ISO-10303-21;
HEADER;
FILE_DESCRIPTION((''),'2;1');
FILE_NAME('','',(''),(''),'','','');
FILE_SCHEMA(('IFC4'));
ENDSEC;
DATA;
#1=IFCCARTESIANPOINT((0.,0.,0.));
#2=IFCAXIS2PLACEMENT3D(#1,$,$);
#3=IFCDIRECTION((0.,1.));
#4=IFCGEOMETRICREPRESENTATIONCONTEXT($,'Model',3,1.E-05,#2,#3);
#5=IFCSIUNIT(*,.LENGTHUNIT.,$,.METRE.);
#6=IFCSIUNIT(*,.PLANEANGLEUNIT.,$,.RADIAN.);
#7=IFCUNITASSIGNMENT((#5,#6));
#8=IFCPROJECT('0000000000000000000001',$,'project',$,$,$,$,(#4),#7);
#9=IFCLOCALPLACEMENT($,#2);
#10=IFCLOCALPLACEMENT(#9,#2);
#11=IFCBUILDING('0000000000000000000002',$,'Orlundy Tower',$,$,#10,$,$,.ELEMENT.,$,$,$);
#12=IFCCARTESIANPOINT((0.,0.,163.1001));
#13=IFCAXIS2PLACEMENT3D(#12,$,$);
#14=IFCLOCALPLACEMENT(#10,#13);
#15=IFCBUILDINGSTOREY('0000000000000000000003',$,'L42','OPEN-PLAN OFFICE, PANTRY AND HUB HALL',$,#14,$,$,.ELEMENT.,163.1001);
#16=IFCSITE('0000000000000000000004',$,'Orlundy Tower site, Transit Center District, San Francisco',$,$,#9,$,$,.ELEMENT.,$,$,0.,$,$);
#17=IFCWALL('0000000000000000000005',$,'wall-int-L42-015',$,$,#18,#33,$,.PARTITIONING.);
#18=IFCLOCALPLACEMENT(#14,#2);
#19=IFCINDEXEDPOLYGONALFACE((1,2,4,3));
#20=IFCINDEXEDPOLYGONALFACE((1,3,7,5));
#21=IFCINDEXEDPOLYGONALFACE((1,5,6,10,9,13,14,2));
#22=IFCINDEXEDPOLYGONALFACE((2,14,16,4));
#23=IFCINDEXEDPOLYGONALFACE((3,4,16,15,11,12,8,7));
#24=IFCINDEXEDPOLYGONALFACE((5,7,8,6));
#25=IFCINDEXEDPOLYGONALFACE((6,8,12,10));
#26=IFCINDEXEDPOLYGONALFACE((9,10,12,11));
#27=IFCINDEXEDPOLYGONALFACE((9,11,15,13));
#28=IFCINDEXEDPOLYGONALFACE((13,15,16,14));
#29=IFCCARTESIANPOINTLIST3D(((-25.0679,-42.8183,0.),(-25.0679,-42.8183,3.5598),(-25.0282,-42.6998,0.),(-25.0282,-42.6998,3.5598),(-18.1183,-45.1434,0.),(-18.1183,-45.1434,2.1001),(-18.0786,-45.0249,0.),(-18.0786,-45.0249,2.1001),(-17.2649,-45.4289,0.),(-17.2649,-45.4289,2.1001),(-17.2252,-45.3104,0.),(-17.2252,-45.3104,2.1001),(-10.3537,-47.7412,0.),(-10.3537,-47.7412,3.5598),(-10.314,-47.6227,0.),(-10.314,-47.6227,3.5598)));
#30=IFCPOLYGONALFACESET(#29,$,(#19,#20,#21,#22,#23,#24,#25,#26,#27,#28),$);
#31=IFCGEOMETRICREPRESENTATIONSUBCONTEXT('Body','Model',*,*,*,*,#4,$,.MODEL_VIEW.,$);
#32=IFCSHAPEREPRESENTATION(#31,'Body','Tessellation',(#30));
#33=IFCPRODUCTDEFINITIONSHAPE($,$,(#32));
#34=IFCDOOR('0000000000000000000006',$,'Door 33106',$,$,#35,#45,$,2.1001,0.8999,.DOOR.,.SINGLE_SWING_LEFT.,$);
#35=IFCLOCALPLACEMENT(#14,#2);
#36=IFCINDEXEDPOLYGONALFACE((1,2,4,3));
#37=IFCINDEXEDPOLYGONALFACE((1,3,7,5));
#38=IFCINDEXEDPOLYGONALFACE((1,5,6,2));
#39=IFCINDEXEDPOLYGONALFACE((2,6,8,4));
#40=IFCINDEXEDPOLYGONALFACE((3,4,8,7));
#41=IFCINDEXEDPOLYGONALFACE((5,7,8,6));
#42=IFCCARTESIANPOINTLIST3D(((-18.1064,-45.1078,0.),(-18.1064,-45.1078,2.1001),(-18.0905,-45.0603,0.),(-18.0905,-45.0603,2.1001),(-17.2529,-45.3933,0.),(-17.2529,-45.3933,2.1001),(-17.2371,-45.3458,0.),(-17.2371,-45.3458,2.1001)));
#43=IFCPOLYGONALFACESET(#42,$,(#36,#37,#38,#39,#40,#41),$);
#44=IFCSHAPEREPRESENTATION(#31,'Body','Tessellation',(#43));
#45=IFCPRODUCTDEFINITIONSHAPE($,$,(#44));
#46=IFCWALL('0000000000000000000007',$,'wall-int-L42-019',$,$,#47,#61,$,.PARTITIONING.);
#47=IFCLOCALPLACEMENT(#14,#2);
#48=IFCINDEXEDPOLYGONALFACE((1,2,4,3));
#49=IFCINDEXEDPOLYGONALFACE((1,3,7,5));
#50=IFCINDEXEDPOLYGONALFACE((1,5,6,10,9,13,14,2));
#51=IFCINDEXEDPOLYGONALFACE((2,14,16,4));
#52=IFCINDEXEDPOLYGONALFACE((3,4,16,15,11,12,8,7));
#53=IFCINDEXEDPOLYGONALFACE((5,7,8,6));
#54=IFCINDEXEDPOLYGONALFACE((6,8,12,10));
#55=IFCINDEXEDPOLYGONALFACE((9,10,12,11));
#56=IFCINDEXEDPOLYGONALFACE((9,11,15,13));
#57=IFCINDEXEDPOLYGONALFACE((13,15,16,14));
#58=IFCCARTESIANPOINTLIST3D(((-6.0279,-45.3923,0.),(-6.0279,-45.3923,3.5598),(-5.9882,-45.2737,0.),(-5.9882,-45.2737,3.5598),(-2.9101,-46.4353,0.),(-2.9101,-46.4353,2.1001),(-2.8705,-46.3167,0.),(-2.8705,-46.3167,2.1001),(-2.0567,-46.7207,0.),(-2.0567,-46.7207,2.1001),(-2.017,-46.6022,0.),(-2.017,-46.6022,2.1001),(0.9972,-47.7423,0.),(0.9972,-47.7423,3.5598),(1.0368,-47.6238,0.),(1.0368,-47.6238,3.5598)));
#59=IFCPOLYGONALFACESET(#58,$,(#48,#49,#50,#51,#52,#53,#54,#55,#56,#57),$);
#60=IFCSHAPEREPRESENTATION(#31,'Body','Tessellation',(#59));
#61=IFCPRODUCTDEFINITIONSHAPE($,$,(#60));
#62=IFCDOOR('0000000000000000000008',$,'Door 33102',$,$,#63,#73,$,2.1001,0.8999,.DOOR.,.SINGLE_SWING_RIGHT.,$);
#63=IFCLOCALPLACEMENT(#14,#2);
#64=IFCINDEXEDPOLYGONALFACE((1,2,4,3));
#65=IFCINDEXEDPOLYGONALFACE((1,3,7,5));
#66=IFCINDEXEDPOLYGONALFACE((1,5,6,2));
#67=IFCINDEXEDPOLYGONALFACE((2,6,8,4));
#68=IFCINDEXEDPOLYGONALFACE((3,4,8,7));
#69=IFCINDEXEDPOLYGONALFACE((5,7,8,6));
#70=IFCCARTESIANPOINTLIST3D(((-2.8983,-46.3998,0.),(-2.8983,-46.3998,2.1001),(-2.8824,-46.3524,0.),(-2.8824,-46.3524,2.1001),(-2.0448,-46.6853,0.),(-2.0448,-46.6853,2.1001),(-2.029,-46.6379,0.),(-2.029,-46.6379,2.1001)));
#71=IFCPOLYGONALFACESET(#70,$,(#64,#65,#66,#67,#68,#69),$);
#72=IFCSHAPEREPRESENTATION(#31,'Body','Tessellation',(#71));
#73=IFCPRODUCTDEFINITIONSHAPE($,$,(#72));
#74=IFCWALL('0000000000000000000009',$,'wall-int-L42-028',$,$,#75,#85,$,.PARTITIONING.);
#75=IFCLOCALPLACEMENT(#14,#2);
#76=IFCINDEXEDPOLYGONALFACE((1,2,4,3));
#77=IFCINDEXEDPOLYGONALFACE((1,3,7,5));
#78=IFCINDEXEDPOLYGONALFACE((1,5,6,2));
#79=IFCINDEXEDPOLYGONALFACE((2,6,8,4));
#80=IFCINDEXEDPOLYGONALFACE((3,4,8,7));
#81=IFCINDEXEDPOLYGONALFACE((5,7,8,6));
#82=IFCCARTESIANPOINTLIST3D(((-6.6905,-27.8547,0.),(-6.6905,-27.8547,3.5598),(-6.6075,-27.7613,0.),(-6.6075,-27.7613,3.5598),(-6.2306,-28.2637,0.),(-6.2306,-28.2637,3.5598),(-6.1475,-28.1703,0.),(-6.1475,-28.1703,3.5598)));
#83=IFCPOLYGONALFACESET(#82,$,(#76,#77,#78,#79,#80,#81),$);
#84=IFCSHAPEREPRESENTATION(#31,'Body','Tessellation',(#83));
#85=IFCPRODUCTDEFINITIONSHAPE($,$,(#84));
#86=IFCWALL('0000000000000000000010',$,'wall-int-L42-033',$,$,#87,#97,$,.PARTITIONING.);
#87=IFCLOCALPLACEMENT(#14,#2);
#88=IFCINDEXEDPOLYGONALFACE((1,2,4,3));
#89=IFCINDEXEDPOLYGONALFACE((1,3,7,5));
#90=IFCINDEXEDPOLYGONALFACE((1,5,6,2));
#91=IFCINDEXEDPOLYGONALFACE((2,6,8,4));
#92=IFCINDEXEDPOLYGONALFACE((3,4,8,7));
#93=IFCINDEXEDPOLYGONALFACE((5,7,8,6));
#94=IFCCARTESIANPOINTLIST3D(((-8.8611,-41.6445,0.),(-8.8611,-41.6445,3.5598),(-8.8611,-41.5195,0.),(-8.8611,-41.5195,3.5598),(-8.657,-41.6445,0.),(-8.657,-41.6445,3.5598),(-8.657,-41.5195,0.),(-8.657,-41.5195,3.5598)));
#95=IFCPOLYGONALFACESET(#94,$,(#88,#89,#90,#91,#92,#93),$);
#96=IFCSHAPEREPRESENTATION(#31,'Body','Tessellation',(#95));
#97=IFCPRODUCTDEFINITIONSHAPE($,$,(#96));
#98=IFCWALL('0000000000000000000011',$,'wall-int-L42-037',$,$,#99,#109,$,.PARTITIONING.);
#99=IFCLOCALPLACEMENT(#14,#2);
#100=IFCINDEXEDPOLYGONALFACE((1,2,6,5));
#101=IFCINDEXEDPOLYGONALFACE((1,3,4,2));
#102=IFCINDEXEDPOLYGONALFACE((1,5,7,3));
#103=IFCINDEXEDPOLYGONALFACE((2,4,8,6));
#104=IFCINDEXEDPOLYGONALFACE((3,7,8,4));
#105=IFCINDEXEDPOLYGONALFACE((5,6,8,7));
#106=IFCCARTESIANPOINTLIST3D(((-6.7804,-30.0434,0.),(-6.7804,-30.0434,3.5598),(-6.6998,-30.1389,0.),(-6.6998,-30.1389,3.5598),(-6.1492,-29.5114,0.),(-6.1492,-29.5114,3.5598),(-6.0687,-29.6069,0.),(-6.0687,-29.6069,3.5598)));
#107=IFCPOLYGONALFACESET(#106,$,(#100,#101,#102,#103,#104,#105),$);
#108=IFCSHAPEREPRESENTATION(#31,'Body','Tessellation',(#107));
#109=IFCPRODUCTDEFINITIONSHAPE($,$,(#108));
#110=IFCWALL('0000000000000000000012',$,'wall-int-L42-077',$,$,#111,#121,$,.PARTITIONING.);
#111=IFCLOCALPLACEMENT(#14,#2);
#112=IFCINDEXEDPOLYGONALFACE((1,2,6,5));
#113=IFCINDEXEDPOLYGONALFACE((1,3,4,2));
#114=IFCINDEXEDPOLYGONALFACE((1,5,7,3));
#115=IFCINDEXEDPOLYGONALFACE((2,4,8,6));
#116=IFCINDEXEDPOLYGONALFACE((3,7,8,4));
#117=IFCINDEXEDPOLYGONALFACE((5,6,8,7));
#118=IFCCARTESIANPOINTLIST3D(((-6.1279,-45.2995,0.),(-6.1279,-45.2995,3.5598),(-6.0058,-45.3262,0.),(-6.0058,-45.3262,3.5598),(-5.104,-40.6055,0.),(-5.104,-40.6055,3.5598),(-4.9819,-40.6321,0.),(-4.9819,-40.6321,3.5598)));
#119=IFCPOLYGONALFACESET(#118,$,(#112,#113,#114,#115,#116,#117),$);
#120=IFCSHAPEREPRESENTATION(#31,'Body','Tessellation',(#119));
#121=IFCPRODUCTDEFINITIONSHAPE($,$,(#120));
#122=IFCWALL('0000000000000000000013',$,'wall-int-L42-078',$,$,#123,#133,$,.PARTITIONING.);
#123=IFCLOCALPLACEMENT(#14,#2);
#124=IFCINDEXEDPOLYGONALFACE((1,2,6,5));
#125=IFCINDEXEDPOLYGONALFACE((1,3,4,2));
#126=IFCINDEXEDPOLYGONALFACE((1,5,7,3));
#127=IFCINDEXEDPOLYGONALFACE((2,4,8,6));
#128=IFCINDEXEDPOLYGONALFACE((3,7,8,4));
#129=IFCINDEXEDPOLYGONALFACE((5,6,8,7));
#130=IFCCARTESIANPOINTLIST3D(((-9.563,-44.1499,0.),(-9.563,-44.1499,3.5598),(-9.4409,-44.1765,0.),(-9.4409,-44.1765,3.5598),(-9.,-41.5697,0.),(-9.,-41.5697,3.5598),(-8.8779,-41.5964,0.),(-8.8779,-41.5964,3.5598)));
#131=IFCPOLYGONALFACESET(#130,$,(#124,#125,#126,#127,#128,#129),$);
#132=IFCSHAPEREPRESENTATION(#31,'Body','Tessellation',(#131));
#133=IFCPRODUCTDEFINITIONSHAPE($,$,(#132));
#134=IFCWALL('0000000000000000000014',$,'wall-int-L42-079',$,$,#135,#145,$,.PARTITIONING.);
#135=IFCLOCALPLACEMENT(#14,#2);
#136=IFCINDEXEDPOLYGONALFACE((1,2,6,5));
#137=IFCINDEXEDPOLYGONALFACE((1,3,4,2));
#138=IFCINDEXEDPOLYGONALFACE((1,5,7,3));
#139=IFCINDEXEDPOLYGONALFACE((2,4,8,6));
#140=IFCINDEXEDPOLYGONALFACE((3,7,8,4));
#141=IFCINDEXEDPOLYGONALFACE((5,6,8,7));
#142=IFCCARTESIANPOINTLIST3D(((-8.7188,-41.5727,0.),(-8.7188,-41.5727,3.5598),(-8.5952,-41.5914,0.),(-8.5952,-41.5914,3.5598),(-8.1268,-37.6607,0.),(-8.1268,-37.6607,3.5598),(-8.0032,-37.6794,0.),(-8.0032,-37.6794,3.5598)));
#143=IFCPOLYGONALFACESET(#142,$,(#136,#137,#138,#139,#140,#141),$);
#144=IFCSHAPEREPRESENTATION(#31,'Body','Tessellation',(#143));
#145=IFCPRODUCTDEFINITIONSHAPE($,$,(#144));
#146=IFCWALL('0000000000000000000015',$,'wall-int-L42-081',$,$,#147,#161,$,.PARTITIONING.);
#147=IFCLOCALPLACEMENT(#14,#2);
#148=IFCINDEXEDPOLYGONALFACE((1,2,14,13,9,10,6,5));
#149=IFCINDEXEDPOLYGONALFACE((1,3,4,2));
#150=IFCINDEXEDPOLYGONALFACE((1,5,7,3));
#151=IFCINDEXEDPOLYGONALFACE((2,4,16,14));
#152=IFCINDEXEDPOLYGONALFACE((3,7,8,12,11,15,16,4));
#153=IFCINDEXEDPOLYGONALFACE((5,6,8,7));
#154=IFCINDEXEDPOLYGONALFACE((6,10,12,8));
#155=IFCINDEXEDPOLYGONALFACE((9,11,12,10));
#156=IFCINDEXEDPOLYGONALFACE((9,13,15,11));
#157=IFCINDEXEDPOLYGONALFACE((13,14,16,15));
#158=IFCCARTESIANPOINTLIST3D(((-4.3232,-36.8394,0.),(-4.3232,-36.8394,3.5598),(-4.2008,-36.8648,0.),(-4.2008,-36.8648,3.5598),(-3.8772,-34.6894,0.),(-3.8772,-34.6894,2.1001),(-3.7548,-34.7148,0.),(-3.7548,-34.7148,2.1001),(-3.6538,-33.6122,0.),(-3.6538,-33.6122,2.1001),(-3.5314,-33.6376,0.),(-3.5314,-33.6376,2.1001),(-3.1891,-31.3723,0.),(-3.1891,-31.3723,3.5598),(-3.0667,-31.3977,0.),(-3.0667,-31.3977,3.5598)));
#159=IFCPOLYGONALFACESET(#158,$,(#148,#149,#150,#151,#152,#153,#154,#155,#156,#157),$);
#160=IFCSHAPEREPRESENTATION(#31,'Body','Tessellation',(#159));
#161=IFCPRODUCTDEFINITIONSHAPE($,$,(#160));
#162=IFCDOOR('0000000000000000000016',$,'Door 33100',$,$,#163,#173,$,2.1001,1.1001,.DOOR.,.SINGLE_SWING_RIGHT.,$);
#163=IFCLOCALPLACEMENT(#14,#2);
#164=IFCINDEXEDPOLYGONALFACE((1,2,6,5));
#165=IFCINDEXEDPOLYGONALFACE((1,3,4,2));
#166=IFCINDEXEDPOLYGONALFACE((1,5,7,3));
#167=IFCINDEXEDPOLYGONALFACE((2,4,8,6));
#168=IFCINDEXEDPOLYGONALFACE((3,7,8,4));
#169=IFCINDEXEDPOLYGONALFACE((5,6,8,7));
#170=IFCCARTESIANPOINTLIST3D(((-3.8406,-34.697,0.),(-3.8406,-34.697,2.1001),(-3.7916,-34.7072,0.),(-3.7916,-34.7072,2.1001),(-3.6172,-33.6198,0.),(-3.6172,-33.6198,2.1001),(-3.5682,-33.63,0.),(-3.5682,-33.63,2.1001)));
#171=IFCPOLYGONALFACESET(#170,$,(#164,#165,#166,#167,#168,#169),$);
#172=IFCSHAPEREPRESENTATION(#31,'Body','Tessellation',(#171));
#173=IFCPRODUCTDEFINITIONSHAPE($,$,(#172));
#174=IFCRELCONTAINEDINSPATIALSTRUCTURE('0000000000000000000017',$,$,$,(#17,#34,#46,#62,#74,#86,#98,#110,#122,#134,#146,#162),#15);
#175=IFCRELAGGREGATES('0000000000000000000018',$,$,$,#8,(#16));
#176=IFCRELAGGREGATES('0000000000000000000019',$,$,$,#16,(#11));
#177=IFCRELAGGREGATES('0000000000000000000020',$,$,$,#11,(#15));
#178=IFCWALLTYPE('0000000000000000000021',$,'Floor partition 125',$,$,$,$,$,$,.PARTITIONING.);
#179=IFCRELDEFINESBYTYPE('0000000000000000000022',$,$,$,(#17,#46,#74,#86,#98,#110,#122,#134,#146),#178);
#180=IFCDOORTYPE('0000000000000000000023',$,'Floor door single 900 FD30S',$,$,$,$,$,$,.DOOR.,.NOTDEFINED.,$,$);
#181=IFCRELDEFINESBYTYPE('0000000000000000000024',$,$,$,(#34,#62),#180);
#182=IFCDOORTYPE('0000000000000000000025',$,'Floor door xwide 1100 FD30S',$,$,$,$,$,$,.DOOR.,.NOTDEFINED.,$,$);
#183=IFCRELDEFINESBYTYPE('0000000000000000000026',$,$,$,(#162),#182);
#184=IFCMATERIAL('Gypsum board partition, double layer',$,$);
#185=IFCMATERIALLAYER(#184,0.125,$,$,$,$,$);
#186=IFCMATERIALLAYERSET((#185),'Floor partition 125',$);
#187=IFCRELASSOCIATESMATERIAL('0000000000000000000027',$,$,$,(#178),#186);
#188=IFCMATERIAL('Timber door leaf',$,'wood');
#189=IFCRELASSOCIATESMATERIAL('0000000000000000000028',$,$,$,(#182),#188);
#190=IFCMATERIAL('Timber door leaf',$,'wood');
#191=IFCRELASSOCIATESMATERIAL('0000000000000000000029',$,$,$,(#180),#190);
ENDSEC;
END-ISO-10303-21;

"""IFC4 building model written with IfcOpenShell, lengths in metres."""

from ifc_helpers import new_model, si_unit, direction, frame, frame_2d, origin, place, context, subcontext, project, spatial, rectangle, extrude, material, layer, layer_set, type_object, element, fill, save


model = new_model("IFC4")

# Units and contexts
model_context = context("Model", 3, precision=1e-05, world=origin(), true_north=direction((0.0, 1.0)))
body_context = subcontext(model_context, "Body", "Model", "MODEL_VIEW")
ifc_project = project(units=[si_unit("LENGTHUNIT", "METRE"), si_unit("PLANEANGLEUNIT", "RADIAN")], contexts=[model_context])

# Site, building, storey
site_placement = place(None, origin())
site = spatial("IfcSite", under=ifc_project, at=site_placement, Name="Orlundy Tower site, Transit Center District, San Francisco", CompositionType="ELEMENT", RefElevation=0.0)
building_placement = place(site_placement, origin())
building = spatial("IfcBuilding", under=site, at=building_placement, Name="Orlundy Tower", CompositionType="ELEMENT")
storey_placement = place(building_placement, frame((0.0, 0.0, 163.1001)))
storey = spatial("IfcBuildingStorey", under=building, at=storey_placement, Name="L42", Description="OPEN-PLAN OFFICE, PANTRY AND HUB HALL", CompositionType="ELEMENT", Elevation=163.1001)

# Walls, openings, doors
ifc_material_1 = material(Name="Gypsum board partition, double layer")
ifc_layer_1 = layer(ifc_material_1, 0.125)
ifc_layer_set_1 = layer_set([ifc_layer_1], Name="Floor partition 125")
wall_type_1 = type_object("IfcWallType", Name="Floor partition 125", PredefinedType="PARTITIONING", material=ifc_layer_set_1)
ifc_material_2 = material(Name="Timber door leaf", Category="wood")
door_type_1 = type_object("IfcDoorType", Name="Floor door xwide 1100 FD30S", OperationType="NOTDEFINED", PredefinedType="DOOR", material=ifc_material_2)
wall_1_placement = place(storey_placement, frame((-10.334, -47.6819, 0.0), z_axis=(0.0, 0.0, 1.0), x_axis=(-0.948332, 0.31728, 0.0)))
wall_1 = element("IfcWall", 1, at=wall_1_placement, inside=storey, type_object=wall_type_1, Name="wall-int-L42-015", PredefinedType="PARTITIONING", context=body_context, shape_type="SweptSolid", body=[
    extrude(rectangle(XDim=15.5159, YDim=0.125, at=frame_2d((7.7578, 0.0))), origin(), (0.0, 0.0, 1.0), 3.5598),
])
opening_1_placement = place(wall_1_placement, frame((7.2876, 0.0, 0.0)))
opening_1 = element("IfcOpeningElement", 2, at=opening_1_placement, cuts=wall_1, PredefinedType="OPENING", context=body_context, shape_type="SweptSolid", body=[
    extrude(rectangle(XDim=0.8999, YDim=2.1001, at=frame_2d((0.45, 1.05))), frame((0.0, 0.0725, 0.0), z_axis=(0.0, -1.0, 0.0), x_axis=(1.0, 0.0, 0.0)), (0.0, 0.0, 1.0), 0.145),
])
ifc_material_3 = material(Name="Timber door leaf", Category="wood")
door_type_2 = type_object("IfcDoorType", Name="Floor door single 900 FD30S", OperationType="NOTDEFINED", PredefinedType="DOOR", material=ifc_material_3)
door_1_placement = place(opening_1_placement, origin())
door_1 = element("IfcDoor", 3, at=door_1_placement, inside=storey, type_object=door_type_2, Name="Door 33106", OperationType="SINGLE_SWING_LEFT", OverallHeight=2.1001, OverallWidth=0.8999, PredefinedType="DOOR", context=body_context, shape_type="SweptSolid", body=[
    extrude(rectangle(XDim=0.8999, YDim=2.1001, at=frame_2d((0.45, 1.05))), frame((0.0, 0.0249, 0.0), z_axis=(0.0, -1.0, 0.0), x_axis=(1.0, 0.0, 0.0)), (0.0, 0.0, 1.0), 0.05),
])
fill(opening_1, door_1)
wall_2_placement = place(storey_placement, frame((-6.0081, -45.333, 0.0), z_axis=(0.0, 0.0, 1.0), x_axis=(0.948343, -0.317246, 0.0)))
wall_2 = element("IfcWall", 4, at=wall_2_placement, inside=storey, type_object=wall_type_1, Name="wall-int-L42-019", PredefinedType="PARTITIONING", context=body_context, shape_type="SweptSolid", body=[
    extrude(rectangle(XDim=7.4077, YDim=0.125, at=frame_2d((3.7039, 0.0))), origin(), (0.0, 0.0, 1.0), 3.5598),
])
opening_2_placement = place(wall_2_placement, frame((3.2876, 0.0, 0.0)))
opening_2 = element("IfcOpeningElement", 5, at=opening_2_placement, cuts=wall_2, PredefinedType="OPENING", context=body_context, shape_type="SweptSolid", body=[
    extrude(rectangle(XDim=0.8999, YDim=2.1001, at=frame_2d((0.45, 1.05))), frame((0.0, 0.0725, 0.0), z_axis=(0.0, -1.0, 0.0), x_axis=(1.0, 0.0, 0.0)), (0.0, 0.0, 1.0), 0.145),
])
door_2_placement = place(opening_2_placement, origin())
door_2 = element("IfcDoor", 6, at=door_2_placement, inside=storey, type_object=door_type_2, Name="Door 33102", OperationType="SINGLE_SWING_RIGHT", OverallHeight=2.1001, OverallWidth=0.8999, PredefinedType="DOOR", context=body_context, shape_type="SweptSolid", body=[
    extrude(rectangle(XDim=0.8999, YDim=2.1001, at=frame_2d((0.45, 1.05))), frame((0.0, 0.0249, 0.0), z_axis=(0.0, -1.0, 0.0), x_axis=(1.0, 0.0, 0.0)), (0.0, 0.0, 1.0), 0.05),
])
fill(opening_2, door_2)

# Walls
wall_3_placement = place(storey_placement, frame((-6.6489, -27.8081, 0.0), z_axis=(0.0, 0.0, 1.0), x_axis=(0.747344, -0.664438, 0.0)))
element("IfcWall", 7, at=wall_3_placement, inside=storey, type_object=wall_type_1, Name="wall-int-L42-028", PredefinedType="PARTITIONING", context=body_context, shape_type="SweptSolid", body=[
    extrude(rectangle(XDim=0.6155, YDim=0.125, at=frame_2d((0.3076, 0.0))), origin(), (0.0, 0.0, 1.0), 3.5598),
])
wall_4_placement = place(storey_placement, frame((-8.8611, -41.582, 0.0), z_axis=(0.0, 0.0, 1.0), x_axis=(1.0, 0.0, 0.0)))
element("IfcWall", 8, at=wall_4_placement, inside=storey, type_object=wall_type_1, Name="wall-int-L42-033", PredefinedType="PARTITIONING", context=body_context, shape_type="SweptSolid", body=[
    extrude(rectangle(XDim=0.2041, YDim=0.125, at=frame_2d((0.1021, 0.0))), origin(), (0.0, 0.0, 1.0), 3.5598),
])
wall_5_placement = place(storey_placement, frame((-6.74, -30.0911, 0.0), z_axis=(0.0, 0.0, 1.0), x_axis=(0.764597, 0.644509, 0.0)))
element("IfcWall", 9, at=wall_5_placement, inside=storey, type_object=wall_type_1, Name="wall-int-L42-037", PredefinedType="PARTITIONING", context=body_context, shape_type="SweptSolid", body=[
    extrude(rectangle(XDim=0.8254, YDim=0.125, at=frame_2d((0.4126, 0.0))), origin(), (0.0, 0.0, 1.0), 3.5598),
])
wall_6_placement = place(storey_placement, frame((-6.0669, -45.313, 0.0), z_axis=(0.0, 0.0, 1.0), x_axis=(0.213119, 0.977026, 0.0)))
element("IfcWall", 10, at=wall_6_placement, inside=storey, type_object=wall_type_1, Name="wall-int-L42-077", PredefinedType="PARTITIONING", context=body_context, shape_type="SweptSolid", body=[
    extrude(rectangle(XDim=4.8044, YDim=0.125, at=frame_2d((2.4023, 0.0))), origin(), (0.0, 0.0, 1.0), 3.5598),
])
wall_7_placement = place(storey_placement, frame((-9.502, -44.1631, 0.0), z_axis=(0.0, 0.0, 1.0), x_axis=(0.21319, 0.977011, 0.0)))
element("IfcWall", 11, at=wall_7_placement, inside=storey, type_object=wall_type_1, Name="wall-int-L42-078", PredefinedType="PARTITIONING", context=body_context, shape_type="SweptSolid", body=[
    extrude(rectangle(XDim=2.6409, YDim=0.125, at=frame_2d((1.3203, 0.0))), origin(), (0.0, 0.0, 1.0), 3.5598),
])
wall_8_placement = place(storey_placement, frame((-8.657, -41.582, 0.0), z_axis=(0.0, 0.0, 1.0), x_axis=(0.149632, 0.988742, 0.0)))
element("IfcWall", 12, at=wall_8_placement, inside=storey, type_object=wall_type_1, Name="wall-int-L42-079", PredefinedType="PARTITIONING", context=body_context, shape_type="SweptSolid", body=[
    extrude(rectangle(XDim=3.9565, YDim=0.125, at=frame_2d((1.9783, 0.0))), origin(), (0.0, 0.0, 1.0), 3.5598),
])

# Wall, opening, door
wall_9_placement = place(storey_placement, frame((-3.1279, -31.385, 0.0), z_axis=(0.0, 0.0, 1.0), x_axis=(-0.203107, -0.979156, 0.0)))
wall_9 = element("IfcWall", 13, at=wall_9_placement, inside=storey, type_object=wall_type_1, Name="wall-int-L42-081", PredefinedType="PARTITIONING", context=body_context, shape_type="SweptSolid", body=[
    extrude(rectangle(XDim=5.5835, YDim=0.125, at=frame_2d((2.7917, 0.0))), origin(), (0.0, 0.0, 1.0), 3.5598),
])
opening_3_placement = place(wall_9_placement, frame((2.2876, 0.0, 0.0)))
opening_3 = element("IfcOpeningElement", 14, at=opening_3_placement, cuts=wall_9, PredefinedType="OPENING", context=body_context, shape_type="SweptSolid", body=[
    extrude(rectangle(XDim=1.1001, YDim=2.1001, at=frame_2d((0.55, 1.05))), frame((0.0, 0.0725, 0.0), z_axis=(0.0, -1.0, 0.0), x_axis=(1.0, 0.0, 0.0)), (0.0, 0.0, 1.0), 0.145),
])
door_3_placement = place(opening_3_placement, origin())
door_3 = element("IfcDoor", 15, at=door_3_placement, inside=storey, type_object=door_type_1, Name="Door 33100", OperationType="SINGLE_SWING_RIGHT", OverallHeight=2.1001, OverallWidth=1.1001, PredefinedType="DOOR", context=body_context, shape_type="SweptSolid", body=[
    extrude(rectangle(XDim=1.1001, YDim=2.1001, at=frame_2d((0.55, 1.05))), frame((0.0, 0.0249, 0.0), z_axis=(0.0, -1.0, 0.0), x_axis=(1.0, 0.0, 0.0)), (0.0, 0.0, 1.0), 0.05),
])
fill(opening_3, door_3)

save(model, "model.ifc")
